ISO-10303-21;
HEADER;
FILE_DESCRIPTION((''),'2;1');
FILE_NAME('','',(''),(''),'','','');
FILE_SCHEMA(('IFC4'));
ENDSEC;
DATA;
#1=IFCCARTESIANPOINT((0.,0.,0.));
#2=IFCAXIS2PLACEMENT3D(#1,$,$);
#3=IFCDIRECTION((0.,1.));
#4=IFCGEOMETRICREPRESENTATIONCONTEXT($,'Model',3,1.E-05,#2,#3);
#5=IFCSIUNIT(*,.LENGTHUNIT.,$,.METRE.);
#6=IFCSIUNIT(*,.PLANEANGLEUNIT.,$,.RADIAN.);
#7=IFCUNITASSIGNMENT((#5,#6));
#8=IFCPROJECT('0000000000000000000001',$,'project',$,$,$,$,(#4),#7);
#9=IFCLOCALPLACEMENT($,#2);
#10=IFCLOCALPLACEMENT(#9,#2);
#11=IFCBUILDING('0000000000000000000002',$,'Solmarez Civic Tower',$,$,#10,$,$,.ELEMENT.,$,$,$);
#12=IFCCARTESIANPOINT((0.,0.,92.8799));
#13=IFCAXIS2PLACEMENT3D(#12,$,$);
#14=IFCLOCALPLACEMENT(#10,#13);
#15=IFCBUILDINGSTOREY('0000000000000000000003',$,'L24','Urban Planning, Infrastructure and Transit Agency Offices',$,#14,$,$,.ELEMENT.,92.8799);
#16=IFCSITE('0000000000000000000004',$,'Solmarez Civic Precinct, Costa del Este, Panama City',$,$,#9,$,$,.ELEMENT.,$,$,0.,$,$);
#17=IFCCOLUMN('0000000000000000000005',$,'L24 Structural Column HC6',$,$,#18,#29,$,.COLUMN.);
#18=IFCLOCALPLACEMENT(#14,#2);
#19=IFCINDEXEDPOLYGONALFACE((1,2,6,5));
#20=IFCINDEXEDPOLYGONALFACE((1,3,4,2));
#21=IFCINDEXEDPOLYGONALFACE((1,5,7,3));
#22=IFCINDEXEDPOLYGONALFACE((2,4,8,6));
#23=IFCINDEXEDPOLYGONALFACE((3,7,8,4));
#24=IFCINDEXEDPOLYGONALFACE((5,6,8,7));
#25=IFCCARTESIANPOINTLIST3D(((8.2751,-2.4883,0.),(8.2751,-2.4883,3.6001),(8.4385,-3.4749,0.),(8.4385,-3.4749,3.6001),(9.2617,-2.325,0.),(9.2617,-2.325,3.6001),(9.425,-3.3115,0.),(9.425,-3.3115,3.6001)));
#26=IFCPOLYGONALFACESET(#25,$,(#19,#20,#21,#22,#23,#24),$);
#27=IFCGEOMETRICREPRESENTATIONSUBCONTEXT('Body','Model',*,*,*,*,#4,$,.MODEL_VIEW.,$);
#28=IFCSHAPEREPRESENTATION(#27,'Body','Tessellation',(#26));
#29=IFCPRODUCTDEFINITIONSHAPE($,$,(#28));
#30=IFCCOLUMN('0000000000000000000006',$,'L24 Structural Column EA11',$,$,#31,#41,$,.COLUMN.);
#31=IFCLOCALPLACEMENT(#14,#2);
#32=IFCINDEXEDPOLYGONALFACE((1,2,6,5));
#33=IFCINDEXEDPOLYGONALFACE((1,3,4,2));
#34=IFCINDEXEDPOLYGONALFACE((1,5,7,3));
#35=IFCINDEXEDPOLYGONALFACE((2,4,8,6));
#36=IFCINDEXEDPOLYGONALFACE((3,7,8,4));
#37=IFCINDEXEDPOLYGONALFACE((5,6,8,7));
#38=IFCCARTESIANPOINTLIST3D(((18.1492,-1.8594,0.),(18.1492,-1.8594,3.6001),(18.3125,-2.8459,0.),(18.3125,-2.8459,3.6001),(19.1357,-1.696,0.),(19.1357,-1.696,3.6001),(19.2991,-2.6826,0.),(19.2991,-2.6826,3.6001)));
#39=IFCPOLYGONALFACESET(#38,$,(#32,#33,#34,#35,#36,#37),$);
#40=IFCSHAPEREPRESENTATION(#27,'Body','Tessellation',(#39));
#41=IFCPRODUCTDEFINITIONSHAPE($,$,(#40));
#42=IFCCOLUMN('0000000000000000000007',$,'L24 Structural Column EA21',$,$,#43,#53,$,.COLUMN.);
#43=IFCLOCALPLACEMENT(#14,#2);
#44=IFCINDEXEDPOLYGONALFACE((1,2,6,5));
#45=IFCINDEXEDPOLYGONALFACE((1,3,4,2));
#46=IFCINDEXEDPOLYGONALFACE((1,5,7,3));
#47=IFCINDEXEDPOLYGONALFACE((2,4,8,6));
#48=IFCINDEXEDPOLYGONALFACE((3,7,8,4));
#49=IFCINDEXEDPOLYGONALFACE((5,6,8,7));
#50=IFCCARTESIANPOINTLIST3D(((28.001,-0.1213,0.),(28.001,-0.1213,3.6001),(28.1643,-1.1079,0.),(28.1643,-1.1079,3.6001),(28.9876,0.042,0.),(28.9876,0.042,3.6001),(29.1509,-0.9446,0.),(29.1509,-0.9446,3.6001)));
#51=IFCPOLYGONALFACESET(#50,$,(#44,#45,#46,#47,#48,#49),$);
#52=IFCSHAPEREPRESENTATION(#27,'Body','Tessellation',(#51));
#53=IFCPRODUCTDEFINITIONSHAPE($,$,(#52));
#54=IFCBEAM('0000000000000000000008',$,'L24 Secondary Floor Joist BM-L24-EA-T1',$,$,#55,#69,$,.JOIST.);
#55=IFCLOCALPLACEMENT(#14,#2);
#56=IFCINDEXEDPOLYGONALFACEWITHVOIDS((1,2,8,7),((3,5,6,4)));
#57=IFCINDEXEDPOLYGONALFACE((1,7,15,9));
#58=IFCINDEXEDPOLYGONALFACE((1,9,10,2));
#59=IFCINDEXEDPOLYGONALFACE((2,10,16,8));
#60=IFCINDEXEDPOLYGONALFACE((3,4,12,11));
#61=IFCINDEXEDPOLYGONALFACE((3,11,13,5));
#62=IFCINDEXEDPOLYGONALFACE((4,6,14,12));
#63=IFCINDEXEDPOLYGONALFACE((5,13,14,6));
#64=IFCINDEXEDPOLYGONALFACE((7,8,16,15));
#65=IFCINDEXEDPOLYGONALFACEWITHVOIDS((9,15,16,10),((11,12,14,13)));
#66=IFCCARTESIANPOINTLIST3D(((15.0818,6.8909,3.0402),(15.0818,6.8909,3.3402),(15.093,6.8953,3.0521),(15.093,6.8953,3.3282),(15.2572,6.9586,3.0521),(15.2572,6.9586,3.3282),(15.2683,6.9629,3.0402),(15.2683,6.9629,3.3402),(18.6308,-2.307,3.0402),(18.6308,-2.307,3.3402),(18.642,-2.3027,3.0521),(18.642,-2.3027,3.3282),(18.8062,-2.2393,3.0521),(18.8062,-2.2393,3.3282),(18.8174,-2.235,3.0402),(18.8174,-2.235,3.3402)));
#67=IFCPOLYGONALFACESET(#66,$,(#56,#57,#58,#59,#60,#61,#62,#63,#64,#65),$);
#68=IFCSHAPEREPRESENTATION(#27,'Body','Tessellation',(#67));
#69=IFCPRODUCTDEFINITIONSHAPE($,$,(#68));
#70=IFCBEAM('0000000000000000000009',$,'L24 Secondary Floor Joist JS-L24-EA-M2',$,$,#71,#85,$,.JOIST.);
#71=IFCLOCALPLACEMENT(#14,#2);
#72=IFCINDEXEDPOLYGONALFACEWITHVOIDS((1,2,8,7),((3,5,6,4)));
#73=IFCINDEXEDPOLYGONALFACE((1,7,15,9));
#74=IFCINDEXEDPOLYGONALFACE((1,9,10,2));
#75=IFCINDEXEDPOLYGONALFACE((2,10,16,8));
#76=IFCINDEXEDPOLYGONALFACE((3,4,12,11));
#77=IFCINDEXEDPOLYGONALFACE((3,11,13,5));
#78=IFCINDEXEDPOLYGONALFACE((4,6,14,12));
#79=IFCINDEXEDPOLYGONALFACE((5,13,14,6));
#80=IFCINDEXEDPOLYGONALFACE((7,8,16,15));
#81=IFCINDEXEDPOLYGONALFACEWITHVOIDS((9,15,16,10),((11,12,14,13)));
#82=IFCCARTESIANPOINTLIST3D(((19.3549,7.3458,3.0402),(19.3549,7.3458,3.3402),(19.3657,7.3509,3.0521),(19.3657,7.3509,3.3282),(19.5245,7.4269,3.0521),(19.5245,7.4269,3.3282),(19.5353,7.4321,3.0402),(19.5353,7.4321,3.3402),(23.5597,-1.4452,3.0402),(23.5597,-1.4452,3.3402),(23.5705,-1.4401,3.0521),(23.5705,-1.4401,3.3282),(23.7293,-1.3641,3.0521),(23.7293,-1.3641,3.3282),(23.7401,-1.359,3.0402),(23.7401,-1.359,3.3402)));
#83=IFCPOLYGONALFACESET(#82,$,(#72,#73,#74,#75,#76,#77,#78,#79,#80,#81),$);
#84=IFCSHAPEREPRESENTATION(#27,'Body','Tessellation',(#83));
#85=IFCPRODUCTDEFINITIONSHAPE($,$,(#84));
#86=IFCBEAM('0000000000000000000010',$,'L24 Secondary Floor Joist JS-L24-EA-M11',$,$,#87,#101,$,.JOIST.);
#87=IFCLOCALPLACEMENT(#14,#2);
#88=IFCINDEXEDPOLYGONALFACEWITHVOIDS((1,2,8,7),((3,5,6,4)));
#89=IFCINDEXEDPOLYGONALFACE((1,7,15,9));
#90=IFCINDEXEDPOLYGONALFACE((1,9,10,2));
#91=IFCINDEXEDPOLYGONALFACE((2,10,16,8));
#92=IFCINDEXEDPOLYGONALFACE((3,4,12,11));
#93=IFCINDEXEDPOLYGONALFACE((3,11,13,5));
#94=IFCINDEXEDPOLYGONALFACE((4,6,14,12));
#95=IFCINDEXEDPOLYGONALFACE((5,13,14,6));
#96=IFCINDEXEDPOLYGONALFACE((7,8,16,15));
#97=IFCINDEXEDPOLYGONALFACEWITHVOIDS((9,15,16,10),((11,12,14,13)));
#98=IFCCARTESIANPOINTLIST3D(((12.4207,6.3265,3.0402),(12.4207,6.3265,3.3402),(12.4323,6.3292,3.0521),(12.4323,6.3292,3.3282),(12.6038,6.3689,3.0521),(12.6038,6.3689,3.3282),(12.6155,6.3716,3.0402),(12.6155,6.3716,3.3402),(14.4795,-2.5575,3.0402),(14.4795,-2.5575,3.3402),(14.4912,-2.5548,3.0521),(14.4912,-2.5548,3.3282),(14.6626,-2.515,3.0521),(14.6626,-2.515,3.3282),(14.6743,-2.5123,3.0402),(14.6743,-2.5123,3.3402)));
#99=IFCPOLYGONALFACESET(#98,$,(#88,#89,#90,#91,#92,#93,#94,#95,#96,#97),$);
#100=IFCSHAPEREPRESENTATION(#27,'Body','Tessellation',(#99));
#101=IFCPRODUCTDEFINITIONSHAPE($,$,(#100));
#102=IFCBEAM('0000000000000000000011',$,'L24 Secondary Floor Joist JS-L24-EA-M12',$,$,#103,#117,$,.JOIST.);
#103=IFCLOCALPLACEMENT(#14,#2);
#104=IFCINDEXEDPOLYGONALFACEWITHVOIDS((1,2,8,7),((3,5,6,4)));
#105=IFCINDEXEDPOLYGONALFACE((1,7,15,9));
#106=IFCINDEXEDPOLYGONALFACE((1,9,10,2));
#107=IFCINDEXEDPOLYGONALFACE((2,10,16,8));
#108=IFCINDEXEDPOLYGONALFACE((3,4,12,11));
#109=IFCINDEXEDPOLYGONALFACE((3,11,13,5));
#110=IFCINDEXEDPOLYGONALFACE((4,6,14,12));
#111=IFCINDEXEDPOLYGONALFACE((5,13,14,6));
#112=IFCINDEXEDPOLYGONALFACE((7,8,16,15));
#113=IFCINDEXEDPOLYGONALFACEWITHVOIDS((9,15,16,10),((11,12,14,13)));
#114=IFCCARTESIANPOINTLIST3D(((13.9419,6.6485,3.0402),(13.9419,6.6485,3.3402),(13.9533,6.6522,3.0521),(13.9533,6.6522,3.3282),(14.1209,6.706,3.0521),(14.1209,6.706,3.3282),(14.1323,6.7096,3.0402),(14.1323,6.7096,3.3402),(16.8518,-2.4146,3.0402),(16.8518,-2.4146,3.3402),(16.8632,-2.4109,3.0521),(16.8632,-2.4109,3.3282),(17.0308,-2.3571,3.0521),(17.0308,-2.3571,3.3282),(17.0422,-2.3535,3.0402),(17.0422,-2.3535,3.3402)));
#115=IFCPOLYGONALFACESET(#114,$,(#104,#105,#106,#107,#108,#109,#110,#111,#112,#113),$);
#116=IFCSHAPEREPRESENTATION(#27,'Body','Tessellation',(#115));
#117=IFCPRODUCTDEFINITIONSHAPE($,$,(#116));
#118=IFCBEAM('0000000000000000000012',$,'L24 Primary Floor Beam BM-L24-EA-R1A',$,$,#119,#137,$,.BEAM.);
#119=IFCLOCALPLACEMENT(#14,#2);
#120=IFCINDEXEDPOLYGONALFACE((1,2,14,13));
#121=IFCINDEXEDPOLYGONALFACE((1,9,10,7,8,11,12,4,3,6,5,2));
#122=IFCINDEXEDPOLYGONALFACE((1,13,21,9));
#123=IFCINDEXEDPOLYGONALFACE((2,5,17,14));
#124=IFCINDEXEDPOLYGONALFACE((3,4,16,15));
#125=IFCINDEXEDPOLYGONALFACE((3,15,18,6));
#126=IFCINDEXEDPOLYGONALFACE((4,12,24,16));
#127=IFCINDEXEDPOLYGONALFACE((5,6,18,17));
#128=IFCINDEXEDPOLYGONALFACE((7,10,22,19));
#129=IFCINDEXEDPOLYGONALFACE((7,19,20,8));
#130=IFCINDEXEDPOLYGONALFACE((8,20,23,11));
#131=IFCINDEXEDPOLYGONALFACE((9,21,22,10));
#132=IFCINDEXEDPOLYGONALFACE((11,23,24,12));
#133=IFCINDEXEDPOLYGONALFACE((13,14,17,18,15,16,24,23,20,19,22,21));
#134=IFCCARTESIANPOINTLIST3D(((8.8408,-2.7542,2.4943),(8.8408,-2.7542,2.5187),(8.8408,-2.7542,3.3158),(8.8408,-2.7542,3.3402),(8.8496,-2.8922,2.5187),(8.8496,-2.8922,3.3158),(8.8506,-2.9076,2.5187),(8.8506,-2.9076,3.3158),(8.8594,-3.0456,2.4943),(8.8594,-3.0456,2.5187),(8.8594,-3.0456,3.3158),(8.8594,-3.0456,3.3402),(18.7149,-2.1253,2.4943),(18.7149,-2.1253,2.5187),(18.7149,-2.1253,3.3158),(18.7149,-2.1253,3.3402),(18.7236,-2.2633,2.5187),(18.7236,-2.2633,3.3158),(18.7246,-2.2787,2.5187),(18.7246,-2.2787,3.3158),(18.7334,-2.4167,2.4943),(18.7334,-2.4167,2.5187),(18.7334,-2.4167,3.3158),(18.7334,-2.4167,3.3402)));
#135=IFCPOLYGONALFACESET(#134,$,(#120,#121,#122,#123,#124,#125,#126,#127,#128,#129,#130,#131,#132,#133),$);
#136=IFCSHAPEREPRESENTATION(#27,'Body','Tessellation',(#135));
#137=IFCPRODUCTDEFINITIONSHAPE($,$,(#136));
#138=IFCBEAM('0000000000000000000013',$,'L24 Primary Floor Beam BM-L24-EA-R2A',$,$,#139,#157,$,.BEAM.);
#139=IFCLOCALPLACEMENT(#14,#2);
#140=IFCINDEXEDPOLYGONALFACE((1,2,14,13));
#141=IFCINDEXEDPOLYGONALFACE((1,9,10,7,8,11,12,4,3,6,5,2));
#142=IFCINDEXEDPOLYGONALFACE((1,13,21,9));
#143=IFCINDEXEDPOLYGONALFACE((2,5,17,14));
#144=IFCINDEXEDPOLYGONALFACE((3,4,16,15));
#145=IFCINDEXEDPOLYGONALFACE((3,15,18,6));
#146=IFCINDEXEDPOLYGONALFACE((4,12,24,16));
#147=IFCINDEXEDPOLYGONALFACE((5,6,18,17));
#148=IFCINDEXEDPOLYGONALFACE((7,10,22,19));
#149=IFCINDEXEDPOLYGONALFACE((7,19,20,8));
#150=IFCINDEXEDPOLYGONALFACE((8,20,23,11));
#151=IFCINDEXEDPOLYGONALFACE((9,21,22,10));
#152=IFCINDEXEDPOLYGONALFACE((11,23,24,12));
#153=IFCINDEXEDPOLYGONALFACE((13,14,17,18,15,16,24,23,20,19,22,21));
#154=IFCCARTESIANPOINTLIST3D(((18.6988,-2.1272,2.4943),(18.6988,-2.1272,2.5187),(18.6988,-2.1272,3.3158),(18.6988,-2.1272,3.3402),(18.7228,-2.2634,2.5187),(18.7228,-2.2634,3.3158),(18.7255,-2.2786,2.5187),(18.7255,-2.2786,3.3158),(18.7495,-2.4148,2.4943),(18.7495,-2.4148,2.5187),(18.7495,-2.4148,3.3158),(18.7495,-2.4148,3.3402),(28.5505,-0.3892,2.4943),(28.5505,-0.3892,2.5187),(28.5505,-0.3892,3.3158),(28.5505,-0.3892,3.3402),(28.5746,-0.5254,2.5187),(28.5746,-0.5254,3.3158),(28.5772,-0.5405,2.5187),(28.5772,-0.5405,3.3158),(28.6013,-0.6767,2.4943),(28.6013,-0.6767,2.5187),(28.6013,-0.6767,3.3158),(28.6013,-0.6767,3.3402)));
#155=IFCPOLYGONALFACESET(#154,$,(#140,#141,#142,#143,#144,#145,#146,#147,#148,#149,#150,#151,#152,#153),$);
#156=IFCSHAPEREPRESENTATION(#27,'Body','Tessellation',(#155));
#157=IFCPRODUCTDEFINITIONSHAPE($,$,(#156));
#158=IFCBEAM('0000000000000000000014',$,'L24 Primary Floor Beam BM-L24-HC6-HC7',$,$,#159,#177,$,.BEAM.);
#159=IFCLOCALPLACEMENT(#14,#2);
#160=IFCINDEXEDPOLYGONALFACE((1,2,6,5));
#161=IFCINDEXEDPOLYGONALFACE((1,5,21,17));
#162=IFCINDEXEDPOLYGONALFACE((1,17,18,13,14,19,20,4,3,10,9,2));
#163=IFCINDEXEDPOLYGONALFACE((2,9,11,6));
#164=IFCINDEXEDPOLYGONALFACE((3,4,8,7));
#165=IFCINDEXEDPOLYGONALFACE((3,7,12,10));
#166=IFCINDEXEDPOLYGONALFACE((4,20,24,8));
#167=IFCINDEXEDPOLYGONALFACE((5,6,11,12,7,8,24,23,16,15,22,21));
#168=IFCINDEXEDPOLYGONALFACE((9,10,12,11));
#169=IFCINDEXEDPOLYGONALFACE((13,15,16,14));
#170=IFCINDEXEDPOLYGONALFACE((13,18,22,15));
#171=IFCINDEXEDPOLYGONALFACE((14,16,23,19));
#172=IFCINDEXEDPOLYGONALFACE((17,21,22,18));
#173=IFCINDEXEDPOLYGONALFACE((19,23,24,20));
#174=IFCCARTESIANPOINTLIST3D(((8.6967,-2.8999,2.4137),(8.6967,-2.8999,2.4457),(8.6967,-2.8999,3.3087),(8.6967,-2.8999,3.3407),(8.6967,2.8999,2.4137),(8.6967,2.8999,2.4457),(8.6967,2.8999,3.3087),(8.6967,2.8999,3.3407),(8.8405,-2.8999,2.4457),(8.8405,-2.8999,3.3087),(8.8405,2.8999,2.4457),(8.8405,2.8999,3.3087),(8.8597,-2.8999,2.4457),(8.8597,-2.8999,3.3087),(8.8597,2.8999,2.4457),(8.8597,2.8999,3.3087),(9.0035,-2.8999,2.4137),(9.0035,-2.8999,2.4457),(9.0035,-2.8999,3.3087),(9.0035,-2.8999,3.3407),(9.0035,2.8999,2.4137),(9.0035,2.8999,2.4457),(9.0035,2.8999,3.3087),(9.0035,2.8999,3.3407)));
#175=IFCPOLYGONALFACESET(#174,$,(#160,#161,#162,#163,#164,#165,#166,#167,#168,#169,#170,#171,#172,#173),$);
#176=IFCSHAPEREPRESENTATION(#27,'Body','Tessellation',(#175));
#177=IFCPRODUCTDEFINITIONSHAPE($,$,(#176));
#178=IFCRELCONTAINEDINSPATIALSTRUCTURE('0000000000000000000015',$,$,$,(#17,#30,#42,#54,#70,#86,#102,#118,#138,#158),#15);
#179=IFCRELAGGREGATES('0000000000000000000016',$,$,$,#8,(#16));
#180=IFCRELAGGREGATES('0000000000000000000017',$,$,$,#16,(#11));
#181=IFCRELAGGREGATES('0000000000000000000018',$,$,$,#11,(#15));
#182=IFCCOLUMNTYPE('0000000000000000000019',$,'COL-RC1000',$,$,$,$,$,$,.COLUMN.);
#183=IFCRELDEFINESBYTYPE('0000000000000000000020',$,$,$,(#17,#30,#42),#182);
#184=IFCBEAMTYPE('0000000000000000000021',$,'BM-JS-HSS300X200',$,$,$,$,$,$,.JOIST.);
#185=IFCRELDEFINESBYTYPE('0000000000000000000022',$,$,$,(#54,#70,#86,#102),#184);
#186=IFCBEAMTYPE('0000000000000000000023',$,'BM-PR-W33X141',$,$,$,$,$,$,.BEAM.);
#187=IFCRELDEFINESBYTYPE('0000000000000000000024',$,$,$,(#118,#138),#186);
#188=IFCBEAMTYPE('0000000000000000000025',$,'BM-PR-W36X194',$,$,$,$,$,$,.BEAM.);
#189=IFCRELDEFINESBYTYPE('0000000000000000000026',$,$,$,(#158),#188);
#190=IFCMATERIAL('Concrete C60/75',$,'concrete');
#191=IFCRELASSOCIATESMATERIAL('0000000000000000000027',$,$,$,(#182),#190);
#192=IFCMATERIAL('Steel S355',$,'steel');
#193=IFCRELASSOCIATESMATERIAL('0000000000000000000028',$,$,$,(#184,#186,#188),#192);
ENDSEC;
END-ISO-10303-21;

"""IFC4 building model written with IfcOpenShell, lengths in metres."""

from ifc_helpers import new_model, si_unit, direction, frame, origin, origin_2d, place, context, subcontext, project, spatial, rectangle, hollow_rectangle, i_section, extrude, material, material_profile, profile_set, type_object, element, save


model = new_model("IFC4")

# Units and contexts
model_context = context("Model", 3, precision=1e-05, world=origin(), true_north=direction((0.0, 1.0)))
body_context = subcontext(model_context, "Body", "Model", "MODEL_VIEW")
ifc_project = project(units=[si_unit("LENGTHUNIT", "METRE"), si_unit("PLANEANGLEUNIT", "RADIAN")], contexts=[model_context])

# Site, building, storey
site_placement = place(None, origin())
site = spatial("IfcSite", under=ifc_project, at=site_placement, Name="Solmarez Civic Precinct, Costa del Este, Panama City", CompositionType="ELEMENT", RefElevation=0.0)
building_placement = place(site_placement, origin())
building = spatial("IfcBuilding", under=site, at=building_placement, Name="Solmarez Civic Tower", CompositionType="ELEMENT")
storey_placement = place(building_placement, frame((0.0, 0.0, 92.8799)))
storey = spatial("IfcBuildingStorey", under=building, at=storey_placement, Name="L24", Description="Urban Planning, Infrastructure and Transit Agency Offices", CompositionType="ELEMENT", Elevation=92.8799)

# Columns
ifc_material_1 = material(Name="Concrete C60/75", Category="concrete")
ifc_material_profile_1 = material_profile(ifc_material_1, rectangle(XDim=1.0, YDim=1.0, at=origin_2d()), Name="RC1000X1000")
ifc_profile_set_1 = profile_set([ifc_material_profile_1], Name="Concrete C60/75")
column_type = type_object("IfcColumnType", Name="COL-RC1000", PredefinedType="COLUMN", material=ifc_profile_set_1)
for number, where, z_axis, x_axis, name in (
    (1, (8.8501, -2.8999, 0.0), (0.0, 0.0, 1.0), (0.986572, 0.163326, 0.0), "L24 Structural Column HC6"),
    (2, (18.7241, -2.271, 0.0), (0.0, 0.0, 1.0), (0.986572, 0.163326, 0.0), "L24 Structural Column EA11"),
    (3, (28.5759, -0.533, 0.0), (0.0, 0.0, 1.0), (0.986572, 0.163326, 0.0), "L24 Structural Column EA21"),
):
    element("IfcColumn", number, at=place(storey_placement, frame(where, z_axis=z_axis, x_axis=x_axis)), inside=storey, type_object=column_type, Name=name, PredefinedType="COLUMN", context=body_context, shape_type="SweptSolid", body=[
        extrude(rectangle(XDim=1.0, YDim=1.0, at=origin_2d()), origin(), (0.0, 0.0, 1.0), 3.6001),
    ])

# Beams
ifc_material_2 = material(Name="Steel S355", Category="steel")
ifc_material_profile_2 = material_profile(ifc_material_2, hollow_rectangle(XDim=0.2, YDim=0.3, WallThickness=0.012, at=origin_2d()), Name="HSS300X200X12")
ifc_profile_set_2 = profile_set([ifc_material_profile_2], Name="Steel S355")
beam_type_1 = type_object("IfcBeamType", Name="BM-JS-HSS300X200", PredefinedType="JOIST", material=ifc_profile_set_2)
beam_1_placement = place(storey_placement, frame((18.7241, -2.271, 3.1902), z_axis=(-0.359984, 0.932958, 0.0), x_axis=(-0.932958, -0.359984, 0.0)))
element("IfcBeam", 4, at=beam_1_placement, inside=storey, type_object=beam_type_1, Name="L24 Secondary Floor Joist BM-L24-EA-T1", PredefinedType="JOIST", context=body_context, shape_type="SweptSolid", body=[
    extrude(hollow_rectangle(XDim=0.2, YDim=0.3, WallThickness=0.012, at=origin_2d()), origin(), (0.0, 0.0, 1.0), 9.8589),
])
beam_2_placement = place(storey_placement, frame((23.6499, -1.4021, 3.1902), z_axis=(-0.431492, 0.902117, 0.0), x_axis=(-0.902117, -0.431492, 0.0)))
element("IfcBeam", 5, at=beam_2_placement, inside=storey, type_object=beam_type_1, Name="L24 Secondary Floor Joist JS-L24-EA-M2", PredefinedType="JOIST", context=body_context, shape_type="SweptSolid", body=[
    extrude(hollow_rectangle(XDim=0.2, YDim=0.3, WallThickness=0.012, at=origin_2d()), origin(), (0.0, 0.0, 1.0), 9.7449),
])
beam_3_placement = place(storey_placement, frame((14.5769, -2.5349, 3.1902), z_axis=(-0.225763, 0.974182, 0.0), x_axis=(-0.974182, -0.225763, 0.0)))
element("IfcBeam", 6, at=beam_3_placement, inside=storey, type_object=beam_type_1, Name="L24 Secondary Floor Joist JS-L24-EA-M11", PredefinedType="JOIST", context=body_context, shape_type="SweptSolid", body=[
    extrude(hollow_rectangle(XDim=0.2, YDim=0.3, WallThickness=0.012, at=origin_2d()), origin(), (0.0, 0.0, 1.0), 9.1194),
])
beam_4_placement = place(storey_placement, frame((16.947, -2.384, 3.1902), z_axis=(-0.305705, 0.952126, 0.0), x_axis=(-0.952126, -0.305705, 0.0)))
element("IfcBeam", 7, at=beam_4_placement, inside=storey, type_object=beam_type_1, Name="L24 Secondary Floor Joist JS-L24-EA-M12", PredefinedType="JOIST", context=body_context, shape_type="SweptSolid", body=[
    extrude(hollow_rectangle(XDim=0.2, YDim=0.3, WallThickness=0.012, at=origin_2d()), origin(), (0.0, 0.0, 1.0), 9.5188),
])
ifc_material_profile_3 = material_profile(ifc_material_2, i_section(OverallWidth=0.292, OverallDepth=0.8459, WebThickness=0.0154, FlangeThickness=0.0244, at=origin_2d()), Name="W33X141")
ifc_profile_set_3 = profile_set([ifc_material_profile_3], Name="Steel S355")
beam_type_2 = type_object("IfcBeamType", Name="BM-PR-W33X141", PredefinedType="BEAM", material=ifc_profile_set_3)
beam_5_placement = place(storey_placement, frame((8.8501, -2.8999, 2.9172), z_axis=(0.997978, 0.063564, 0.0), x_axis=(-0.063564, 0.997978, 0.0)))
element("IfcBeam", 8, at=beam_5_placement, inside=storey, type_object=beam_type_2, Name="L24 Primary Floor Beam BM-L24-EA-R1A", PredefinedType="BEAM", context=body_context, shape_type="SweptSolid", body=[
    extrude(i_section(OverallWidth=0.292, OverallDepth=0.8459, WebThickness=0.0154, FlangeThickness=0.0244, at=origin_2d()), origin(), (0.0, 0.0, 1.0), 9.894),
])
beam_6_placement = place(storey_placement, frame((18.7241, -2.271, 2.9172), z_axis=(0.984792, 0.173735, 0.0), x_axis=(-0.173735, 0.984792, 0.0)))
element("IfcBeam", 9, at=beam_6_placement, inside=storey, type_object=beam_type_2, Name="L24 Primary Floor Beam BM-L24-EA-R2A", PredefinedType="BEAM", context=body_context, shape_type="SweptSolid", body=[
    extrude(i_section(OverallWidth=0.292, OverallDepth=0.8459, WebThickness=0.0154, FlangeThickness=0.0244, at=origin_2d()), origin(), (0.0, 0.0, 1.0), 10.0039),
])
ifc_material_profile_4 = material_profile(ifc_material_2, i_section(OverallWidth=0.3069, OverallDepth=0.927, WebThickness=0.0193, FlangeThickness=0.032, at=origin_2d()), Name="W36X194")
ifc_profile_set_4 = profile_set([ifc_material_profile_4], Name="Steel S355")
beam_type_3 = type_object("IfcBeamType", Name="BM-PR-W36X194", PredefinedType="BEAM", material=ifc_profile_set_4)
beam_7_placement = place(storey_placement, frame((8.8501, -2.8999, 2.8772), z_axis=(0.0, 1.0, 0.0), x_axis=(-1.0, 0.0, 0.0)))
element("IfcBeam", 10, at=beam_7_placement, inside=storey, type_object=beam_type_3, Name="L24 Primary Floor Beam BM-L24-HC6-HC7", PredefinedType="BEAM", context=body_context, shape_type="SweptSolid", body=[
    extrude(i_section(OverallWidth=0.3069, OverallDepth=0.927, WebThickness=0.0193, FlangeThickness=0.032, at=origin_2d()), origin(), (0.0, 0.0, 1.0), 5.7998),
])

save(model, "model.ifc")
